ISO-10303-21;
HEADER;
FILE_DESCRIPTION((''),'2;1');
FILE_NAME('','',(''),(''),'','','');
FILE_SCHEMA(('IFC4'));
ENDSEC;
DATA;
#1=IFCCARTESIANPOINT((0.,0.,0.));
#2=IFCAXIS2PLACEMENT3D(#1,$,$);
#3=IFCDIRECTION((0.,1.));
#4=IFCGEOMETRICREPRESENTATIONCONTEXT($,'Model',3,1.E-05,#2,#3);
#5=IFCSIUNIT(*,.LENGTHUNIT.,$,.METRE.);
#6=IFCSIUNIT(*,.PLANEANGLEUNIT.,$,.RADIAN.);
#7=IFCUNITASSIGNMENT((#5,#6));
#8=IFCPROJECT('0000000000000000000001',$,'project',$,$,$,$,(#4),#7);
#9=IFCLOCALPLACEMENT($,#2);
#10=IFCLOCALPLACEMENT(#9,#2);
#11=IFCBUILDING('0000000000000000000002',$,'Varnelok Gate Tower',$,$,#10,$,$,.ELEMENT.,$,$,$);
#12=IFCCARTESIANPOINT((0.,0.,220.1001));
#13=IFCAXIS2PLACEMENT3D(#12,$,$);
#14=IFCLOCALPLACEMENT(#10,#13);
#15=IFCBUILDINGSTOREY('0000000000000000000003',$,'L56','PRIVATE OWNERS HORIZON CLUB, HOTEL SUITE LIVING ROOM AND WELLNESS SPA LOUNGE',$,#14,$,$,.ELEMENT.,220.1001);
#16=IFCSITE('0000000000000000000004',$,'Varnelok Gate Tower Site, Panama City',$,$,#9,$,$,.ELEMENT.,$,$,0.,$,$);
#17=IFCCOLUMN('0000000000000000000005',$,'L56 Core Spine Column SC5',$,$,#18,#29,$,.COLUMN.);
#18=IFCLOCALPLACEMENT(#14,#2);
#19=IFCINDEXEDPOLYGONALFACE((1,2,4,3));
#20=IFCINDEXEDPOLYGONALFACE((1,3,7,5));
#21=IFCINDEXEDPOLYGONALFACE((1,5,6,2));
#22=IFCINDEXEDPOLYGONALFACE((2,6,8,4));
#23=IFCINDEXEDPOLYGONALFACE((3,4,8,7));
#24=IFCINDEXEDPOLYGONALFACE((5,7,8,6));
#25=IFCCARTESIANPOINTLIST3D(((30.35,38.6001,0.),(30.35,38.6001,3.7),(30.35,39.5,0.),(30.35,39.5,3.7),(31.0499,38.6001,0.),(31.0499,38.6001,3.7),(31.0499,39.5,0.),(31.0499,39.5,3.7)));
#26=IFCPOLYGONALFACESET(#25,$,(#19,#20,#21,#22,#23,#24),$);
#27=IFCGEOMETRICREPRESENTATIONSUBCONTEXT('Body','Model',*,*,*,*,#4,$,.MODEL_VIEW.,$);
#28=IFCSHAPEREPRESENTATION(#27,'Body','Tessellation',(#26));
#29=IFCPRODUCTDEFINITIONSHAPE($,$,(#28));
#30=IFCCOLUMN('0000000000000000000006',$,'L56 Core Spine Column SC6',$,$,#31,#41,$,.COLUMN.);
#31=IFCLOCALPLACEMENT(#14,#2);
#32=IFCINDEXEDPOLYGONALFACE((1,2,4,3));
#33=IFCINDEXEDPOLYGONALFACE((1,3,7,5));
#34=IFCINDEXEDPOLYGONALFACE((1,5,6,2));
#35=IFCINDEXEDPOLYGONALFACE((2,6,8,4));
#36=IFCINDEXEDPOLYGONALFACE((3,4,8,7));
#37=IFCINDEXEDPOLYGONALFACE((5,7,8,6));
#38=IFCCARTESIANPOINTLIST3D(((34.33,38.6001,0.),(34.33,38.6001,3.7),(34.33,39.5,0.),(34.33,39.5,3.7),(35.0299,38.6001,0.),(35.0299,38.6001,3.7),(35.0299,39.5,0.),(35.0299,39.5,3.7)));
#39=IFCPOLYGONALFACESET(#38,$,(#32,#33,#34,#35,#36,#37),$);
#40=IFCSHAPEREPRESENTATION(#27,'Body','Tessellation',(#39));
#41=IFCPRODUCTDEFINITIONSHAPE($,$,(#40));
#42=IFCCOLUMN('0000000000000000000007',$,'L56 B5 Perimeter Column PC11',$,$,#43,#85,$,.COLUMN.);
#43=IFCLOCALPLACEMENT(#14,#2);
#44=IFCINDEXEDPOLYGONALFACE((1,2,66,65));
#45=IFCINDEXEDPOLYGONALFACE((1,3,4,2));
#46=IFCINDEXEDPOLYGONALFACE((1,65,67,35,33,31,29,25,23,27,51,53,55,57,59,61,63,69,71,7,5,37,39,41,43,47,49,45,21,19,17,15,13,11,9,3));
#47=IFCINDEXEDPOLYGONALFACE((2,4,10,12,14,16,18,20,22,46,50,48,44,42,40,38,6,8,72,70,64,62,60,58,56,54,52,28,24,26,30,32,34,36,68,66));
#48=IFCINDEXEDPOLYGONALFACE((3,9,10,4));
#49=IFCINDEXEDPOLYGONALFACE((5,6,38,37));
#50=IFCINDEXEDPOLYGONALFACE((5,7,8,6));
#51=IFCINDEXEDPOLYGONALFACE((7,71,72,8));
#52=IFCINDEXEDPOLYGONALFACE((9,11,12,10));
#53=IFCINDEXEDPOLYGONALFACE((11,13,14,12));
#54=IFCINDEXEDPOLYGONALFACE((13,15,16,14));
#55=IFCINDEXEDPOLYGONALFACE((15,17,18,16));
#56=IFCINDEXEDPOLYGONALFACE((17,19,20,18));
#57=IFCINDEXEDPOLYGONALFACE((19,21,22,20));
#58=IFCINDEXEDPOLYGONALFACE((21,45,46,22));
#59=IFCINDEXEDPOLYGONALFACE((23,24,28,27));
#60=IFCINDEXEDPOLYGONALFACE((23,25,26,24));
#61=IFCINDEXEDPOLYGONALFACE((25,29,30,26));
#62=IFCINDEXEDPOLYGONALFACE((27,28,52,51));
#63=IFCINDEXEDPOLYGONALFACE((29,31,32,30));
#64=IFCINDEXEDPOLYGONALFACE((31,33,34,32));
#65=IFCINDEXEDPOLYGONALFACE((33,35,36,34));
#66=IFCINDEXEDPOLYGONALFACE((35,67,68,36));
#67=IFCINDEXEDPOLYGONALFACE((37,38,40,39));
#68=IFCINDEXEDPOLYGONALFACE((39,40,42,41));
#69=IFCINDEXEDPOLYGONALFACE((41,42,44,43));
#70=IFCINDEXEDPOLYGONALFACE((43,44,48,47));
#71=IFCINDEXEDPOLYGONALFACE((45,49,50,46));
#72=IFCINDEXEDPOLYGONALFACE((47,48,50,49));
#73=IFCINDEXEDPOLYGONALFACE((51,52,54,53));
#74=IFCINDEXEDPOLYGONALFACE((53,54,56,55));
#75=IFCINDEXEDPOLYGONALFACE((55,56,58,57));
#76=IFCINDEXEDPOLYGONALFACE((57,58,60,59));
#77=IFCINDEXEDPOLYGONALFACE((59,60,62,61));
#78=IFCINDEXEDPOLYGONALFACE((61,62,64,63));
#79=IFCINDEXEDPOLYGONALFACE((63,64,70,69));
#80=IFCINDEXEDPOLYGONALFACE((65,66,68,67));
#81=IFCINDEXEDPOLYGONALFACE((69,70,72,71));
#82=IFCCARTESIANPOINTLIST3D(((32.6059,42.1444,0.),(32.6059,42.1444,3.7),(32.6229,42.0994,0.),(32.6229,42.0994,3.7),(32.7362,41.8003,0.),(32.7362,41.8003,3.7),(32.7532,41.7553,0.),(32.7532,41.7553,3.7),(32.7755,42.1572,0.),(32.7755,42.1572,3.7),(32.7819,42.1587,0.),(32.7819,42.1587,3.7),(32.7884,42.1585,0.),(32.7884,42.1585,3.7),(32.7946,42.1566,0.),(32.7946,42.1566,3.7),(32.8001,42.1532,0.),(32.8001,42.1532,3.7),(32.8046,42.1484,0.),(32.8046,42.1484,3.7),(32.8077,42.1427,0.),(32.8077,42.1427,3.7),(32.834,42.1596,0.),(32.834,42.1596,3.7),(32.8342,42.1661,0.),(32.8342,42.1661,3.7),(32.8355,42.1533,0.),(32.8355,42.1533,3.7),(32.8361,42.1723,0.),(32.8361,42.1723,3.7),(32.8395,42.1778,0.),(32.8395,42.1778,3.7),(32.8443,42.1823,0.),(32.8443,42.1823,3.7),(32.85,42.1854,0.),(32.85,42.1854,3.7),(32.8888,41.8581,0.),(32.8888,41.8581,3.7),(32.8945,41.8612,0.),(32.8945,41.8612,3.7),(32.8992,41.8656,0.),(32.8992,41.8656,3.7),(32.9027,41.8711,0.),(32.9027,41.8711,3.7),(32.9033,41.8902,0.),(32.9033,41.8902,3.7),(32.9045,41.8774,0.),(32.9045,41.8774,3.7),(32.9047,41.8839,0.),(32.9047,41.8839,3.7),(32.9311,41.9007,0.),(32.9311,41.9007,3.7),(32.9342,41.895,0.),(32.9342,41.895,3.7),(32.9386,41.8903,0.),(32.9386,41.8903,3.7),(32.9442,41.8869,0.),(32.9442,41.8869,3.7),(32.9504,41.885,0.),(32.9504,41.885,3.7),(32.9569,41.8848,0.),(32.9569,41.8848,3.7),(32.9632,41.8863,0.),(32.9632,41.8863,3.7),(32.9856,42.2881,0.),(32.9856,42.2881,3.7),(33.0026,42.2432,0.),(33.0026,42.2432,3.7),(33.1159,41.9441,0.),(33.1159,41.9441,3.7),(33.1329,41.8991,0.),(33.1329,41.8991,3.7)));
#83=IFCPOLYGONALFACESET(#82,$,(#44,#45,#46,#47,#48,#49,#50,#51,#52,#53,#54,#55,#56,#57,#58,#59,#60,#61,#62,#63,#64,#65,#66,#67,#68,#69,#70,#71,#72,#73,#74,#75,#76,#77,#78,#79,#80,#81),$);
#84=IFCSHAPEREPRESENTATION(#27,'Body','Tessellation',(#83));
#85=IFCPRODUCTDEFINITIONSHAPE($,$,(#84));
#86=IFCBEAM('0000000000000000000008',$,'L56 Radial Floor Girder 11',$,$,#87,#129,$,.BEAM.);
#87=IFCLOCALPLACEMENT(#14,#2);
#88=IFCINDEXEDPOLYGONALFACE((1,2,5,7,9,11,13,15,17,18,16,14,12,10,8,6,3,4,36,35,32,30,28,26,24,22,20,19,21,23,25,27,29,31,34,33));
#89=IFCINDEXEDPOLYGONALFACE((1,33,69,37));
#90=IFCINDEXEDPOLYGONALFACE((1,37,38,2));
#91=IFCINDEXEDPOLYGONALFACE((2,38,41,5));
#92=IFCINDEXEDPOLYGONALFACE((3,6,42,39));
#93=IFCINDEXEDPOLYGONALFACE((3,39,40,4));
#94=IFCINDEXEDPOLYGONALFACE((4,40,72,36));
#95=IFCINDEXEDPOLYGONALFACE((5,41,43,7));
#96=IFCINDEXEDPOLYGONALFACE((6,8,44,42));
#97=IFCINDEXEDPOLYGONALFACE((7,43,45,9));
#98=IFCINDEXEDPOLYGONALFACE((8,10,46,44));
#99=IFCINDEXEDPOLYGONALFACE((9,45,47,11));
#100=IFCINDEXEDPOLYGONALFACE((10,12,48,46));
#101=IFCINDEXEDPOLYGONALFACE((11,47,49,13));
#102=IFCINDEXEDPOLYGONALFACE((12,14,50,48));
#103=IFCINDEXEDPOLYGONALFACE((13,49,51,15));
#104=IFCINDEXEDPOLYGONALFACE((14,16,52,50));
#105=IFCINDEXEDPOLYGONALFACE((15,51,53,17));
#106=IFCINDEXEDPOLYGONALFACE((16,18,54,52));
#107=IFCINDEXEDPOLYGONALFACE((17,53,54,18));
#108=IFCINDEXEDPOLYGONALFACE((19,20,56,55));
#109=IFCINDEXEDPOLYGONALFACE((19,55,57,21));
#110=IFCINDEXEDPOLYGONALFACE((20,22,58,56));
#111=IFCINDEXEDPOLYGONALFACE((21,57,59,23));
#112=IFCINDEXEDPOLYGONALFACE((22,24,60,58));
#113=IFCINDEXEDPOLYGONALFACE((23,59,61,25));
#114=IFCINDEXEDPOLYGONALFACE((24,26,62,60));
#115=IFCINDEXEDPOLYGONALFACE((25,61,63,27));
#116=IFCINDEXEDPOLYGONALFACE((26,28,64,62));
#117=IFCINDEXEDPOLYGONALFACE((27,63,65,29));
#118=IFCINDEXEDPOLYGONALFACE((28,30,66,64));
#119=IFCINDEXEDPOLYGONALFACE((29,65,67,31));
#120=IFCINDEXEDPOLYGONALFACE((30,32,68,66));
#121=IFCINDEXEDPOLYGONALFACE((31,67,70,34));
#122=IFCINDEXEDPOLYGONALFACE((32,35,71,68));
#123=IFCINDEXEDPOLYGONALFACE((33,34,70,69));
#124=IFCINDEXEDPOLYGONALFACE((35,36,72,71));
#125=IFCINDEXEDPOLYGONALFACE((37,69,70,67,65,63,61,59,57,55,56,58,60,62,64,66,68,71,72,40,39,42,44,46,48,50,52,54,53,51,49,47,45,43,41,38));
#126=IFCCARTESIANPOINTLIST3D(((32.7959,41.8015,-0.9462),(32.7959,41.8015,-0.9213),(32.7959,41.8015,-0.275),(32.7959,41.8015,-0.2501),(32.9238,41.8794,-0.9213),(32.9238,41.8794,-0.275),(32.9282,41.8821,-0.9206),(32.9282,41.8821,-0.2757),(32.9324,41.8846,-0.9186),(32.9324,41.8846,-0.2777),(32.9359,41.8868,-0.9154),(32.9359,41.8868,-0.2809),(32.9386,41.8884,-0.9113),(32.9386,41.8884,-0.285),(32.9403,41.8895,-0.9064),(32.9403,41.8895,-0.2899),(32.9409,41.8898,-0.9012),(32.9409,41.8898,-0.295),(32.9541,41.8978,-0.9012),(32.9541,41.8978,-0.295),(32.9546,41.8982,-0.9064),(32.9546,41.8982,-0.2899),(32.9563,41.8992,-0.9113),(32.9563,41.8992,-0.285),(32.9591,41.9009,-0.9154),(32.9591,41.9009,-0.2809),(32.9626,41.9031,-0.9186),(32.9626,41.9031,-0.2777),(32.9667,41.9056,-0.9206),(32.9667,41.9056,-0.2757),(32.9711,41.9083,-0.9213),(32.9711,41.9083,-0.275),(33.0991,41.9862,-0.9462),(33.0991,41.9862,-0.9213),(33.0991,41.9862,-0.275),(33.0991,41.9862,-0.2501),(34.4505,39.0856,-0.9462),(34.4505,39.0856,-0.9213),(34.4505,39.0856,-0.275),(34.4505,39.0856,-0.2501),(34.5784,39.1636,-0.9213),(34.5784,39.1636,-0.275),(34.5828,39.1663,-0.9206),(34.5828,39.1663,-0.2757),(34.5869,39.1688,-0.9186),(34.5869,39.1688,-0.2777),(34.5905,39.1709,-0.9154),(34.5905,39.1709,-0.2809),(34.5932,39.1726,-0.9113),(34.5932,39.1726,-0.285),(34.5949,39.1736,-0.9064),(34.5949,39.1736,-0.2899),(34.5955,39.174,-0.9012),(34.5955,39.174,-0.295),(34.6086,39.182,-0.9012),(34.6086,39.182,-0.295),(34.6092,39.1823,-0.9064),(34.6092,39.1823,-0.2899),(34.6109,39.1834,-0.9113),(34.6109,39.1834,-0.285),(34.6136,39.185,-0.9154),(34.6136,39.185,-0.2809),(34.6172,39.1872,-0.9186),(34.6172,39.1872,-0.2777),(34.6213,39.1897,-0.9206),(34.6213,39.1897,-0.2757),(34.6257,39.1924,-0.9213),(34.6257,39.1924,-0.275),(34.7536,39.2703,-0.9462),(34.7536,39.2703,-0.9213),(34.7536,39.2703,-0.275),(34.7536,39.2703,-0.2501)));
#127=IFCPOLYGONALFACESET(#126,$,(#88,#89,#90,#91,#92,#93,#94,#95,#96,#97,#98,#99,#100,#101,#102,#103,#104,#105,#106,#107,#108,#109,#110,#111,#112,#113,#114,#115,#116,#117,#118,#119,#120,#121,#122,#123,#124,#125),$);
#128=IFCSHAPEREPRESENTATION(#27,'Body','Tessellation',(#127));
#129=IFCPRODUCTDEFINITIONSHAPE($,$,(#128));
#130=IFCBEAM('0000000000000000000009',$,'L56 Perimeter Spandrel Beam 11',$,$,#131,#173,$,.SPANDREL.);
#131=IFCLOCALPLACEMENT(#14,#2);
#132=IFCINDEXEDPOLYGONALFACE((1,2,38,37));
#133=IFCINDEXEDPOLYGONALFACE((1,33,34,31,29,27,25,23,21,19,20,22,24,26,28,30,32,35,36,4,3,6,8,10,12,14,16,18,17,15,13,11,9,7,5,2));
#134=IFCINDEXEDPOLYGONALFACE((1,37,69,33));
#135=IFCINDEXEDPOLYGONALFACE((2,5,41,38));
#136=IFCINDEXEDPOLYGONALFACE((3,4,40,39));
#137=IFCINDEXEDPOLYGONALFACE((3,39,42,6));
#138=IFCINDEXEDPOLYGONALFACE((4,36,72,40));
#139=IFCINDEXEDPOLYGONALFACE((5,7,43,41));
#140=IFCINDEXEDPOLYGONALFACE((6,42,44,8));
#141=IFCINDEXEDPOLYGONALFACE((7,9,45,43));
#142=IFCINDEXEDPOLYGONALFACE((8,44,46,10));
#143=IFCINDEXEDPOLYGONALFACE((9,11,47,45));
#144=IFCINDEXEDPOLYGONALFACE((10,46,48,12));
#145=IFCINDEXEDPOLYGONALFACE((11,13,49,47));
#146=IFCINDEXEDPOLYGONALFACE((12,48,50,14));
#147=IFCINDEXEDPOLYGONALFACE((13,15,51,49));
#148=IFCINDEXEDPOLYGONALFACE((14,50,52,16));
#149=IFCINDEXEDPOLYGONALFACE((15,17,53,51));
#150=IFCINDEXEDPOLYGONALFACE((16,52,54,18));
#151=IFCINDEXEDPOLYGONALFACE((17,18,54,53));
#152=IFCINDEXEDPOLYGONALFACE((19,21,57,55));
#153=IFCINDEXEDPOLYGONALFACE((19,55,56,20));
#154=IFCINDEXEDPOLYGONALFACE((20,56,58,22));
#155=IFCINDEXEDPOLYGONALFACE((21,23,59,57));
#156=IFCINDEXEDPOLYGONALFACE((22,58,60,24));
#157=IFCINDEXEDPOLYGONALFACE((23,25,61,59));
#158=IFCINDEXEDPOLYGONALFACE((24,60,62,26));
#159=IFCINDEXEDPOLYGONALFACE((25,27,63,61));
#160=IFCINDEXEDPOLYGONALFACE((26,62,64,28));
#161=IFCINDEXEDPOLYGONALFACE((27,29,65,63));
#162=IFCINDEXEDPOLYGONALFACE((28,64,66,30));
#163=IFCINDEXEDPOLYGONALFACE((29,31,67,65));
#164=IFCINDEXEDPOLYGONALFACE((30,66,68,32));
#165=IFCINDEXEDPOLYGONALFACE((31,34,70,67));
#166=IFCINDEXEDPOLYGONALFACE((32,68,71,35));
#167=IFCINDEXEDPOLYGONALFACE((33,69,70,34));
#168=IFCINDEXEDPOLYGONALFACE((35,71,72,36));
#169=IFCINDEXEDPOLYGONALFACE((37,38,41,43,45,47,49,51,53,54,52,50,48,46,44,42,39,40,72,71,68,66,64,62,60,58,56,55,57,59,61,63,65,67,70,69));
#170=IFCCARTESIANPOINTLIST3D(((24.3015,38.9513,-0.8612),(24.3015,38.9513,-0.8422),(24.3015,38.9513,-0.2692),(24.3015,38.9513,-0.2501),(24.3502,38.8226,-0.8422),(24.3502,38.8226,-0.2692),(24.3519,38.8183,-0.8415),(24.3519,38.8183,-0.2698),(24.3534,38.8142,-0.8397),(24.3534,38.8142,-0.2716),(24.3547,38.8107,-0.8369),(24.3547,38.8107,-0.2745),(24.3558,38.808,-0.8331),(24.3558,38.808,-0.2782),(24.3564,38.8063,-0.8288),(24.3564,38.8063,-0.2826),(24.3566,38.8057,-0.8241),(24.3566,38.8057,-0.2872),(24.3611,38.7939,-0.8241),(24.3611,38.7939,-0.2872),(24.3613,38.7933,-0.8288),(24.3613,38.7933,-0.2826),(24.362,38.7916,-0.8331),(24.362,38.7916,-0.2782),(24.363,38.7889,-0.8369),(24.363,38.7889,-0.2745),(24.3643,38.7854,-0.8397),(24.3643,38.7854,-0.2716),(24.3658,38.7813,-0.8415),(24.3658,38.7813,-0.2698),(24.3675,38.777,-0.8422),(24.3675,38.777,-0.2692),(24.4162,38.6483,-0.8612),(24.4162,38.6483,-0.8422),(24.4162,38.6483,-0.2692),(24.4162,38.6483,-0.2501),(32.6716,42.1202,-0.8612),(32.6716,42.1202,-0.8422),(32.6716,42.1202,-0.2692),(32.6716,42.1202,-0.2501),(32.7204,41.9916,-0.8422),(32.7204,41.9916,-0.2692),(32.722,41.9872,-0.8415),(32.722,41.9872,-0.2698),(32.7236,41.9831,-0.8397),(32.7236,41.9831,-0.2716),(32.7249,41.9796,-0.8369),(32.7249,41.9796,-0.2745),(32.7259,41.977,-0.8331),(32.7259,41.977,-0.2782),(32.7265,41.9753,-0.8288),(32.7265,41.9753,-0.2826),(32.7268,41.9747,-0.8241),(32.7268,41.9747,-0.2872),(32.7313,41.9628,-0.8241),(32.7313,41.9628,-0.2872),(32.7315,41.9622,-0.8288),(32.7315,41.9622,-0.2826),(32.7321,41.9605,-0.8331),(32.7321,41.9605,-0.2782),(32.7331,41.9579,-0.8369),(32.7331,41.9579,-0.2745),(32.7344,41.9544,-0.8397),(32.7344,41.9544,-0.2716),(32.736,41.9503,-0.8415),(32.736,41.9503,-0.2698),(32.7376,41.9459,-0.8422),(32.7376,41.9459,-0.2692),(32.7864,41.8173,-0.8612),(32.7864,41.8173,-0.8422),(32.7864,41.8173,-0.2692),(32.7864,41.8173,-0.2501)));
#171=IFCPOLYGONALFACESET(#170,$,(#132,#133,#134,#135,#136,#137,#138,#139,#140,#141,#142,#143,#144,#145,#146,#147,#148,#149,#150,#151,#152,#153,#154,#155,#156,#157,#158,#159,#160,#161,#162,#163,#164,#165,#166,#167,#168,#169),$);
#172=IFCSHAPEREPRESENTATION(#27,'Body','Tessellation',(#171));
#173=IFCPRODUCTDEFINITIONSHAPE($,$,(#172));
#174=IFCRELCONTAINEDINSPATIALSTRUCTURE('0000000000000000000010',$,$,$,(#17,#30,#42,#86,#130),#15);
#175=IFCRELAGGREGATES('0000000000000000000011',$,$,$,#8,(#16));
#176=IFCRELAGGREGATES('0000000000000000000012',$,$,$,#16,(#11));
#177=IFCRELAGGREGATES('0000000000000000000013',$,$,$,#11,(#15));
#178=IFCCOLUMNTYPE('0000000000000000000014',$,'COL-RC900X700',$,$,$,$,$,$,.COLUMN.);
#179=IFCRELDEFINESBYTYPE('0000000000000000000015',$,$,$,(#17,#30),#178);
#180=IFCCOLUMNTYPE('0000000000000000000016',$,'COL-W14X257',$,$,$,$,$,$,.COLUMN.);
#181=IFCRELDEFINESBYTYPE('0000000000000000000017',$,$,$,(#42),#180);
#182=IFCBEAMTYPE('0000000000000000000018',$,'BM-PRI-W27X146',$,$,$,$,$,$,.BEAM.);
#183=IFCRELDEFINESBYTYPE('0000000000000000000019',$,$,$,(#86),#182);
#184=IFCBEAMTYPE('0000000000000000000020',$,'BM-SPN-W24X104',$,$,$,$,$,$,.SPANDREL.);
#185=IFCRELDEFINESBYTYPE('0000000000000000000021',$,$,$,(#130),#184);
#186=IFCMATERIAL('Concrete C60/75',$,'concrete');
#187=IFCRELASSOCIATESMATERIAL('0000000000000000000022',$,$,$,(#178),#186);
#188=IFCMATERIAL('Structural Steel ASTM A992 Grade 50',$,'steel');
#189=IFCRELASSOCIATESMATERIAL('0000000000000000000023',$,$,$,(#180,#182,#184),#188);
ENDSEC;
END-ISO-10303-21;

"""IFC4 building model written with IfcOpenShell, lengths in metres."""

from ifc_helpers import new_model, si_unit, direction, frame, origin, origin_2d, place, context, subcontext, project, spatial, rectangle, i_section, extrude, material, material_profile, profile_set, type_object, element, save


model = new_model("IFC4")

# Units and contexts
model_context = context("Model", 3, precision=1e-05, world=origin(), true_north=direction((0.0, 1.0)))
body_context = subcontext(model_context, "Body", "Model", "MODEL_VIEW")
ifc_project = project(units=[si_unit("LENGTHUNIT", "METRE"), si_unit("PLANEANGLEUNIT", "RADIAN")], contexts=[model_context])

# Site, building, storey
site_placement = place(None, origin())
site = spatial("IfcSite", under=ifc_project, at=site_placement, Name="Varnelok Gate Tower Site, Panama City", CompositionType="ELEMENT", RefElevation=0.0)
building_placement = place(site_placement, origin())
building = spatial("IfcBuilding", under=site, at=building_placement, Name="Varnelok Gate Tower", CompositionType="ELEMENT")
storey_placement = place(building_placement, frame((0.0, 0.0, 220.1001)))
storey = spatial("IfcBuildingStorey", under=building, at=storey_placement, Name="L56", Description="PRIVATE OWNERS HORIZON CLUB, HOTEL SUITE LIVING ROOM AND WELLNESS SPA LOUNGE", CompositionType="ELEMENT", Elevation=220.1001)

# Columns
ifc_material_1 = material(Name="Concrete C60/75", Category="concrete")
ifc_material_profile_1 = material_profile(ifc_material_1, rectangle(XDim=0.7, YDim=0.8999, at=origin_2d()), Name="RC900X700")
ifc_profile_set_1 = profile_set([ifc_material_profile_1], Name="Concrete C60/75")
column_type_1 = type_object("IfcColumnType", Name="COL-RC900X700", PredefinedType="COLUMN", material=ifc_profile_set_1)
for number, where, z_axis, x_axis, name in (
    (1, (30.7, 39.05, 0.0), (0.0, 0.0, 1.0), (1.0, 0.0, 0.0), "L56 Core Spine Column SC5"),
    (2, (34.6799, 39.05, 0.0), (0.0, 0.0, 1.0), (1.0, 0.0, 0.0), "L56 Core Spine Column SC6"),
):
    element("IfcColumn", number, at=place(storey_placement, frame(where, z_axis=z_axis, x_axis=x_axis)), inside=storey, type_object=column_type_1, Name=name, PredefinedType="COLUMN", context=body_context, shape_type="SweptSolid", body=[
        extrude(rectangle(XDim=0.7, YDim=0.8999, at=origin_2d()), origin(), (0.0, 0.0, 1.0), 3.7),
    ])
ifc_material_2 = material(Name="Structural Steel ASTM A992 Grade 50", Category="steel")
ifc_material_profile_2 = material_profile(ifc_material_2, i_section(OverallWidth=0.406, OverallDepth=0.416, WebThickness=0.0298, FlangeThickness=0.0481, FilletRadius=0.0249, at=origin_2d()), Name="W14X257")
ifc_profile_set_2 = profile_set([ifc_material_profile_2], Name="Structural Steel ASTM A992 Grade 50")
column_type_2 = type_object("IfcColumnType", Name="COL-W14X257", PredefinedType="COLUMN", material=ifc_profile_set_2)
column_placement = place(storey_placement, frame((32.8694, 42.0217, 0.0), z_axis=(0.0, 0.0, 1.0), x_axis=(0.935222, 0.354063, 0.0)))
element("IfcColumn", 3, at=column_placement, inside=storey, type_object=column_type_2, Name="L56 B5 Perimeter Column PC11", PredefinedType="COLUMN", context=body_context, shape_type="SweptSolid", body=[
    extrude(i_section(OverallWidth=0.406, OverallDepth=0.416, WebThickness=0.0298, FlangeThickness=0.0481, FilletRadius=0.0249, at=origin_2d()), origin(), (0.0, 0.0, 1.0), 3.7),
])

# Beams
ifc_material_profile_3 = material_profile(ifc_material_2, i_section(OverallWidth=0.355, OverallDepth=0.696, WebThickness=0.0154, FlangeThickness=0.0249, FilletRadius=0.02, at=origin_2d()), Name="W27X146")
ifc_profile_set_3 = profile_set([ifc_material_profile_3], Name="Structural Steel ASTM A992 Grade 50")
beam_type_1 = type_object("IfcBeamType", Name="BM-PRI-W27X146", PredefinedType="BEAM", material=ifc_profile_set_3)
beam_1_placement = place(storey_placement, frame((34.6021, 39.178, -0.5981), z_axis=(-0.520276, 0.853998, 0.0), x_axis=(-0.853998, -0.520276, 0.0)))
element("IfcBeam", 4, at=beam_1_placement, inside=storey, type_object=beam_type_1, Name="L56 Radial Floor Girder 11", PredefinedType="BEAM", context=body_context, shape_type="SweptSolid", body=[
    extrude(i_section(OverallWidth=0.355, OverallDepth=0.696, WebThickness=0.0154, FlangeThickness=0.0249, FilletRadius=0.02, at=origin_2d()), origin(), (0.0, 0.0, 1.0), 3.1802),
])
ifc_material_profile_4 = material_profile(ifc_material_2, i_section(OverallWidth=0.324, OverallDepth=0.6111, WebThickness=0.0127, FlangeThickness=0.019, FilletRadius=0.0181, at=origin_2d()), Name="W24X104")
ifc_profile_set_4 = profile_set([ifc_material_profile_4], Name="Structural Steel ASTM A992 Grade 50")
beam_type_2 = type_object("IfcBeamType", Name="BM-SPN-W24X104", PredefinedType="SPANDREL", material=ifc_profile_set_4)
beam_2_placement = place(storey_placement, frame((32.729, 41.9688, -0.5557), z_axis=(-0.935217, -0.354075, 0.0), x_axis=(0.354075, -0.935217, 0.0)))
element("IfcBeam", 5, at=beam_2_placement, inside=storey, type_object=beam_type_2, Name="L56 Perimeter Spandrel Beam 11", PredefinedType="SPANDREL", context=body_context, shape_type="SweptSolid", body=[
    extrude(i_section(OverallWidth=0.324, OverallDepth=0.6111, WebThickness=0.0127, FlangeThickness=0.019, FilletRadius=0.0181, at=origin_2d()), origin(), (0.0, 0.0, 1.0), 8.95),
])

save(model, "model.ifc")
